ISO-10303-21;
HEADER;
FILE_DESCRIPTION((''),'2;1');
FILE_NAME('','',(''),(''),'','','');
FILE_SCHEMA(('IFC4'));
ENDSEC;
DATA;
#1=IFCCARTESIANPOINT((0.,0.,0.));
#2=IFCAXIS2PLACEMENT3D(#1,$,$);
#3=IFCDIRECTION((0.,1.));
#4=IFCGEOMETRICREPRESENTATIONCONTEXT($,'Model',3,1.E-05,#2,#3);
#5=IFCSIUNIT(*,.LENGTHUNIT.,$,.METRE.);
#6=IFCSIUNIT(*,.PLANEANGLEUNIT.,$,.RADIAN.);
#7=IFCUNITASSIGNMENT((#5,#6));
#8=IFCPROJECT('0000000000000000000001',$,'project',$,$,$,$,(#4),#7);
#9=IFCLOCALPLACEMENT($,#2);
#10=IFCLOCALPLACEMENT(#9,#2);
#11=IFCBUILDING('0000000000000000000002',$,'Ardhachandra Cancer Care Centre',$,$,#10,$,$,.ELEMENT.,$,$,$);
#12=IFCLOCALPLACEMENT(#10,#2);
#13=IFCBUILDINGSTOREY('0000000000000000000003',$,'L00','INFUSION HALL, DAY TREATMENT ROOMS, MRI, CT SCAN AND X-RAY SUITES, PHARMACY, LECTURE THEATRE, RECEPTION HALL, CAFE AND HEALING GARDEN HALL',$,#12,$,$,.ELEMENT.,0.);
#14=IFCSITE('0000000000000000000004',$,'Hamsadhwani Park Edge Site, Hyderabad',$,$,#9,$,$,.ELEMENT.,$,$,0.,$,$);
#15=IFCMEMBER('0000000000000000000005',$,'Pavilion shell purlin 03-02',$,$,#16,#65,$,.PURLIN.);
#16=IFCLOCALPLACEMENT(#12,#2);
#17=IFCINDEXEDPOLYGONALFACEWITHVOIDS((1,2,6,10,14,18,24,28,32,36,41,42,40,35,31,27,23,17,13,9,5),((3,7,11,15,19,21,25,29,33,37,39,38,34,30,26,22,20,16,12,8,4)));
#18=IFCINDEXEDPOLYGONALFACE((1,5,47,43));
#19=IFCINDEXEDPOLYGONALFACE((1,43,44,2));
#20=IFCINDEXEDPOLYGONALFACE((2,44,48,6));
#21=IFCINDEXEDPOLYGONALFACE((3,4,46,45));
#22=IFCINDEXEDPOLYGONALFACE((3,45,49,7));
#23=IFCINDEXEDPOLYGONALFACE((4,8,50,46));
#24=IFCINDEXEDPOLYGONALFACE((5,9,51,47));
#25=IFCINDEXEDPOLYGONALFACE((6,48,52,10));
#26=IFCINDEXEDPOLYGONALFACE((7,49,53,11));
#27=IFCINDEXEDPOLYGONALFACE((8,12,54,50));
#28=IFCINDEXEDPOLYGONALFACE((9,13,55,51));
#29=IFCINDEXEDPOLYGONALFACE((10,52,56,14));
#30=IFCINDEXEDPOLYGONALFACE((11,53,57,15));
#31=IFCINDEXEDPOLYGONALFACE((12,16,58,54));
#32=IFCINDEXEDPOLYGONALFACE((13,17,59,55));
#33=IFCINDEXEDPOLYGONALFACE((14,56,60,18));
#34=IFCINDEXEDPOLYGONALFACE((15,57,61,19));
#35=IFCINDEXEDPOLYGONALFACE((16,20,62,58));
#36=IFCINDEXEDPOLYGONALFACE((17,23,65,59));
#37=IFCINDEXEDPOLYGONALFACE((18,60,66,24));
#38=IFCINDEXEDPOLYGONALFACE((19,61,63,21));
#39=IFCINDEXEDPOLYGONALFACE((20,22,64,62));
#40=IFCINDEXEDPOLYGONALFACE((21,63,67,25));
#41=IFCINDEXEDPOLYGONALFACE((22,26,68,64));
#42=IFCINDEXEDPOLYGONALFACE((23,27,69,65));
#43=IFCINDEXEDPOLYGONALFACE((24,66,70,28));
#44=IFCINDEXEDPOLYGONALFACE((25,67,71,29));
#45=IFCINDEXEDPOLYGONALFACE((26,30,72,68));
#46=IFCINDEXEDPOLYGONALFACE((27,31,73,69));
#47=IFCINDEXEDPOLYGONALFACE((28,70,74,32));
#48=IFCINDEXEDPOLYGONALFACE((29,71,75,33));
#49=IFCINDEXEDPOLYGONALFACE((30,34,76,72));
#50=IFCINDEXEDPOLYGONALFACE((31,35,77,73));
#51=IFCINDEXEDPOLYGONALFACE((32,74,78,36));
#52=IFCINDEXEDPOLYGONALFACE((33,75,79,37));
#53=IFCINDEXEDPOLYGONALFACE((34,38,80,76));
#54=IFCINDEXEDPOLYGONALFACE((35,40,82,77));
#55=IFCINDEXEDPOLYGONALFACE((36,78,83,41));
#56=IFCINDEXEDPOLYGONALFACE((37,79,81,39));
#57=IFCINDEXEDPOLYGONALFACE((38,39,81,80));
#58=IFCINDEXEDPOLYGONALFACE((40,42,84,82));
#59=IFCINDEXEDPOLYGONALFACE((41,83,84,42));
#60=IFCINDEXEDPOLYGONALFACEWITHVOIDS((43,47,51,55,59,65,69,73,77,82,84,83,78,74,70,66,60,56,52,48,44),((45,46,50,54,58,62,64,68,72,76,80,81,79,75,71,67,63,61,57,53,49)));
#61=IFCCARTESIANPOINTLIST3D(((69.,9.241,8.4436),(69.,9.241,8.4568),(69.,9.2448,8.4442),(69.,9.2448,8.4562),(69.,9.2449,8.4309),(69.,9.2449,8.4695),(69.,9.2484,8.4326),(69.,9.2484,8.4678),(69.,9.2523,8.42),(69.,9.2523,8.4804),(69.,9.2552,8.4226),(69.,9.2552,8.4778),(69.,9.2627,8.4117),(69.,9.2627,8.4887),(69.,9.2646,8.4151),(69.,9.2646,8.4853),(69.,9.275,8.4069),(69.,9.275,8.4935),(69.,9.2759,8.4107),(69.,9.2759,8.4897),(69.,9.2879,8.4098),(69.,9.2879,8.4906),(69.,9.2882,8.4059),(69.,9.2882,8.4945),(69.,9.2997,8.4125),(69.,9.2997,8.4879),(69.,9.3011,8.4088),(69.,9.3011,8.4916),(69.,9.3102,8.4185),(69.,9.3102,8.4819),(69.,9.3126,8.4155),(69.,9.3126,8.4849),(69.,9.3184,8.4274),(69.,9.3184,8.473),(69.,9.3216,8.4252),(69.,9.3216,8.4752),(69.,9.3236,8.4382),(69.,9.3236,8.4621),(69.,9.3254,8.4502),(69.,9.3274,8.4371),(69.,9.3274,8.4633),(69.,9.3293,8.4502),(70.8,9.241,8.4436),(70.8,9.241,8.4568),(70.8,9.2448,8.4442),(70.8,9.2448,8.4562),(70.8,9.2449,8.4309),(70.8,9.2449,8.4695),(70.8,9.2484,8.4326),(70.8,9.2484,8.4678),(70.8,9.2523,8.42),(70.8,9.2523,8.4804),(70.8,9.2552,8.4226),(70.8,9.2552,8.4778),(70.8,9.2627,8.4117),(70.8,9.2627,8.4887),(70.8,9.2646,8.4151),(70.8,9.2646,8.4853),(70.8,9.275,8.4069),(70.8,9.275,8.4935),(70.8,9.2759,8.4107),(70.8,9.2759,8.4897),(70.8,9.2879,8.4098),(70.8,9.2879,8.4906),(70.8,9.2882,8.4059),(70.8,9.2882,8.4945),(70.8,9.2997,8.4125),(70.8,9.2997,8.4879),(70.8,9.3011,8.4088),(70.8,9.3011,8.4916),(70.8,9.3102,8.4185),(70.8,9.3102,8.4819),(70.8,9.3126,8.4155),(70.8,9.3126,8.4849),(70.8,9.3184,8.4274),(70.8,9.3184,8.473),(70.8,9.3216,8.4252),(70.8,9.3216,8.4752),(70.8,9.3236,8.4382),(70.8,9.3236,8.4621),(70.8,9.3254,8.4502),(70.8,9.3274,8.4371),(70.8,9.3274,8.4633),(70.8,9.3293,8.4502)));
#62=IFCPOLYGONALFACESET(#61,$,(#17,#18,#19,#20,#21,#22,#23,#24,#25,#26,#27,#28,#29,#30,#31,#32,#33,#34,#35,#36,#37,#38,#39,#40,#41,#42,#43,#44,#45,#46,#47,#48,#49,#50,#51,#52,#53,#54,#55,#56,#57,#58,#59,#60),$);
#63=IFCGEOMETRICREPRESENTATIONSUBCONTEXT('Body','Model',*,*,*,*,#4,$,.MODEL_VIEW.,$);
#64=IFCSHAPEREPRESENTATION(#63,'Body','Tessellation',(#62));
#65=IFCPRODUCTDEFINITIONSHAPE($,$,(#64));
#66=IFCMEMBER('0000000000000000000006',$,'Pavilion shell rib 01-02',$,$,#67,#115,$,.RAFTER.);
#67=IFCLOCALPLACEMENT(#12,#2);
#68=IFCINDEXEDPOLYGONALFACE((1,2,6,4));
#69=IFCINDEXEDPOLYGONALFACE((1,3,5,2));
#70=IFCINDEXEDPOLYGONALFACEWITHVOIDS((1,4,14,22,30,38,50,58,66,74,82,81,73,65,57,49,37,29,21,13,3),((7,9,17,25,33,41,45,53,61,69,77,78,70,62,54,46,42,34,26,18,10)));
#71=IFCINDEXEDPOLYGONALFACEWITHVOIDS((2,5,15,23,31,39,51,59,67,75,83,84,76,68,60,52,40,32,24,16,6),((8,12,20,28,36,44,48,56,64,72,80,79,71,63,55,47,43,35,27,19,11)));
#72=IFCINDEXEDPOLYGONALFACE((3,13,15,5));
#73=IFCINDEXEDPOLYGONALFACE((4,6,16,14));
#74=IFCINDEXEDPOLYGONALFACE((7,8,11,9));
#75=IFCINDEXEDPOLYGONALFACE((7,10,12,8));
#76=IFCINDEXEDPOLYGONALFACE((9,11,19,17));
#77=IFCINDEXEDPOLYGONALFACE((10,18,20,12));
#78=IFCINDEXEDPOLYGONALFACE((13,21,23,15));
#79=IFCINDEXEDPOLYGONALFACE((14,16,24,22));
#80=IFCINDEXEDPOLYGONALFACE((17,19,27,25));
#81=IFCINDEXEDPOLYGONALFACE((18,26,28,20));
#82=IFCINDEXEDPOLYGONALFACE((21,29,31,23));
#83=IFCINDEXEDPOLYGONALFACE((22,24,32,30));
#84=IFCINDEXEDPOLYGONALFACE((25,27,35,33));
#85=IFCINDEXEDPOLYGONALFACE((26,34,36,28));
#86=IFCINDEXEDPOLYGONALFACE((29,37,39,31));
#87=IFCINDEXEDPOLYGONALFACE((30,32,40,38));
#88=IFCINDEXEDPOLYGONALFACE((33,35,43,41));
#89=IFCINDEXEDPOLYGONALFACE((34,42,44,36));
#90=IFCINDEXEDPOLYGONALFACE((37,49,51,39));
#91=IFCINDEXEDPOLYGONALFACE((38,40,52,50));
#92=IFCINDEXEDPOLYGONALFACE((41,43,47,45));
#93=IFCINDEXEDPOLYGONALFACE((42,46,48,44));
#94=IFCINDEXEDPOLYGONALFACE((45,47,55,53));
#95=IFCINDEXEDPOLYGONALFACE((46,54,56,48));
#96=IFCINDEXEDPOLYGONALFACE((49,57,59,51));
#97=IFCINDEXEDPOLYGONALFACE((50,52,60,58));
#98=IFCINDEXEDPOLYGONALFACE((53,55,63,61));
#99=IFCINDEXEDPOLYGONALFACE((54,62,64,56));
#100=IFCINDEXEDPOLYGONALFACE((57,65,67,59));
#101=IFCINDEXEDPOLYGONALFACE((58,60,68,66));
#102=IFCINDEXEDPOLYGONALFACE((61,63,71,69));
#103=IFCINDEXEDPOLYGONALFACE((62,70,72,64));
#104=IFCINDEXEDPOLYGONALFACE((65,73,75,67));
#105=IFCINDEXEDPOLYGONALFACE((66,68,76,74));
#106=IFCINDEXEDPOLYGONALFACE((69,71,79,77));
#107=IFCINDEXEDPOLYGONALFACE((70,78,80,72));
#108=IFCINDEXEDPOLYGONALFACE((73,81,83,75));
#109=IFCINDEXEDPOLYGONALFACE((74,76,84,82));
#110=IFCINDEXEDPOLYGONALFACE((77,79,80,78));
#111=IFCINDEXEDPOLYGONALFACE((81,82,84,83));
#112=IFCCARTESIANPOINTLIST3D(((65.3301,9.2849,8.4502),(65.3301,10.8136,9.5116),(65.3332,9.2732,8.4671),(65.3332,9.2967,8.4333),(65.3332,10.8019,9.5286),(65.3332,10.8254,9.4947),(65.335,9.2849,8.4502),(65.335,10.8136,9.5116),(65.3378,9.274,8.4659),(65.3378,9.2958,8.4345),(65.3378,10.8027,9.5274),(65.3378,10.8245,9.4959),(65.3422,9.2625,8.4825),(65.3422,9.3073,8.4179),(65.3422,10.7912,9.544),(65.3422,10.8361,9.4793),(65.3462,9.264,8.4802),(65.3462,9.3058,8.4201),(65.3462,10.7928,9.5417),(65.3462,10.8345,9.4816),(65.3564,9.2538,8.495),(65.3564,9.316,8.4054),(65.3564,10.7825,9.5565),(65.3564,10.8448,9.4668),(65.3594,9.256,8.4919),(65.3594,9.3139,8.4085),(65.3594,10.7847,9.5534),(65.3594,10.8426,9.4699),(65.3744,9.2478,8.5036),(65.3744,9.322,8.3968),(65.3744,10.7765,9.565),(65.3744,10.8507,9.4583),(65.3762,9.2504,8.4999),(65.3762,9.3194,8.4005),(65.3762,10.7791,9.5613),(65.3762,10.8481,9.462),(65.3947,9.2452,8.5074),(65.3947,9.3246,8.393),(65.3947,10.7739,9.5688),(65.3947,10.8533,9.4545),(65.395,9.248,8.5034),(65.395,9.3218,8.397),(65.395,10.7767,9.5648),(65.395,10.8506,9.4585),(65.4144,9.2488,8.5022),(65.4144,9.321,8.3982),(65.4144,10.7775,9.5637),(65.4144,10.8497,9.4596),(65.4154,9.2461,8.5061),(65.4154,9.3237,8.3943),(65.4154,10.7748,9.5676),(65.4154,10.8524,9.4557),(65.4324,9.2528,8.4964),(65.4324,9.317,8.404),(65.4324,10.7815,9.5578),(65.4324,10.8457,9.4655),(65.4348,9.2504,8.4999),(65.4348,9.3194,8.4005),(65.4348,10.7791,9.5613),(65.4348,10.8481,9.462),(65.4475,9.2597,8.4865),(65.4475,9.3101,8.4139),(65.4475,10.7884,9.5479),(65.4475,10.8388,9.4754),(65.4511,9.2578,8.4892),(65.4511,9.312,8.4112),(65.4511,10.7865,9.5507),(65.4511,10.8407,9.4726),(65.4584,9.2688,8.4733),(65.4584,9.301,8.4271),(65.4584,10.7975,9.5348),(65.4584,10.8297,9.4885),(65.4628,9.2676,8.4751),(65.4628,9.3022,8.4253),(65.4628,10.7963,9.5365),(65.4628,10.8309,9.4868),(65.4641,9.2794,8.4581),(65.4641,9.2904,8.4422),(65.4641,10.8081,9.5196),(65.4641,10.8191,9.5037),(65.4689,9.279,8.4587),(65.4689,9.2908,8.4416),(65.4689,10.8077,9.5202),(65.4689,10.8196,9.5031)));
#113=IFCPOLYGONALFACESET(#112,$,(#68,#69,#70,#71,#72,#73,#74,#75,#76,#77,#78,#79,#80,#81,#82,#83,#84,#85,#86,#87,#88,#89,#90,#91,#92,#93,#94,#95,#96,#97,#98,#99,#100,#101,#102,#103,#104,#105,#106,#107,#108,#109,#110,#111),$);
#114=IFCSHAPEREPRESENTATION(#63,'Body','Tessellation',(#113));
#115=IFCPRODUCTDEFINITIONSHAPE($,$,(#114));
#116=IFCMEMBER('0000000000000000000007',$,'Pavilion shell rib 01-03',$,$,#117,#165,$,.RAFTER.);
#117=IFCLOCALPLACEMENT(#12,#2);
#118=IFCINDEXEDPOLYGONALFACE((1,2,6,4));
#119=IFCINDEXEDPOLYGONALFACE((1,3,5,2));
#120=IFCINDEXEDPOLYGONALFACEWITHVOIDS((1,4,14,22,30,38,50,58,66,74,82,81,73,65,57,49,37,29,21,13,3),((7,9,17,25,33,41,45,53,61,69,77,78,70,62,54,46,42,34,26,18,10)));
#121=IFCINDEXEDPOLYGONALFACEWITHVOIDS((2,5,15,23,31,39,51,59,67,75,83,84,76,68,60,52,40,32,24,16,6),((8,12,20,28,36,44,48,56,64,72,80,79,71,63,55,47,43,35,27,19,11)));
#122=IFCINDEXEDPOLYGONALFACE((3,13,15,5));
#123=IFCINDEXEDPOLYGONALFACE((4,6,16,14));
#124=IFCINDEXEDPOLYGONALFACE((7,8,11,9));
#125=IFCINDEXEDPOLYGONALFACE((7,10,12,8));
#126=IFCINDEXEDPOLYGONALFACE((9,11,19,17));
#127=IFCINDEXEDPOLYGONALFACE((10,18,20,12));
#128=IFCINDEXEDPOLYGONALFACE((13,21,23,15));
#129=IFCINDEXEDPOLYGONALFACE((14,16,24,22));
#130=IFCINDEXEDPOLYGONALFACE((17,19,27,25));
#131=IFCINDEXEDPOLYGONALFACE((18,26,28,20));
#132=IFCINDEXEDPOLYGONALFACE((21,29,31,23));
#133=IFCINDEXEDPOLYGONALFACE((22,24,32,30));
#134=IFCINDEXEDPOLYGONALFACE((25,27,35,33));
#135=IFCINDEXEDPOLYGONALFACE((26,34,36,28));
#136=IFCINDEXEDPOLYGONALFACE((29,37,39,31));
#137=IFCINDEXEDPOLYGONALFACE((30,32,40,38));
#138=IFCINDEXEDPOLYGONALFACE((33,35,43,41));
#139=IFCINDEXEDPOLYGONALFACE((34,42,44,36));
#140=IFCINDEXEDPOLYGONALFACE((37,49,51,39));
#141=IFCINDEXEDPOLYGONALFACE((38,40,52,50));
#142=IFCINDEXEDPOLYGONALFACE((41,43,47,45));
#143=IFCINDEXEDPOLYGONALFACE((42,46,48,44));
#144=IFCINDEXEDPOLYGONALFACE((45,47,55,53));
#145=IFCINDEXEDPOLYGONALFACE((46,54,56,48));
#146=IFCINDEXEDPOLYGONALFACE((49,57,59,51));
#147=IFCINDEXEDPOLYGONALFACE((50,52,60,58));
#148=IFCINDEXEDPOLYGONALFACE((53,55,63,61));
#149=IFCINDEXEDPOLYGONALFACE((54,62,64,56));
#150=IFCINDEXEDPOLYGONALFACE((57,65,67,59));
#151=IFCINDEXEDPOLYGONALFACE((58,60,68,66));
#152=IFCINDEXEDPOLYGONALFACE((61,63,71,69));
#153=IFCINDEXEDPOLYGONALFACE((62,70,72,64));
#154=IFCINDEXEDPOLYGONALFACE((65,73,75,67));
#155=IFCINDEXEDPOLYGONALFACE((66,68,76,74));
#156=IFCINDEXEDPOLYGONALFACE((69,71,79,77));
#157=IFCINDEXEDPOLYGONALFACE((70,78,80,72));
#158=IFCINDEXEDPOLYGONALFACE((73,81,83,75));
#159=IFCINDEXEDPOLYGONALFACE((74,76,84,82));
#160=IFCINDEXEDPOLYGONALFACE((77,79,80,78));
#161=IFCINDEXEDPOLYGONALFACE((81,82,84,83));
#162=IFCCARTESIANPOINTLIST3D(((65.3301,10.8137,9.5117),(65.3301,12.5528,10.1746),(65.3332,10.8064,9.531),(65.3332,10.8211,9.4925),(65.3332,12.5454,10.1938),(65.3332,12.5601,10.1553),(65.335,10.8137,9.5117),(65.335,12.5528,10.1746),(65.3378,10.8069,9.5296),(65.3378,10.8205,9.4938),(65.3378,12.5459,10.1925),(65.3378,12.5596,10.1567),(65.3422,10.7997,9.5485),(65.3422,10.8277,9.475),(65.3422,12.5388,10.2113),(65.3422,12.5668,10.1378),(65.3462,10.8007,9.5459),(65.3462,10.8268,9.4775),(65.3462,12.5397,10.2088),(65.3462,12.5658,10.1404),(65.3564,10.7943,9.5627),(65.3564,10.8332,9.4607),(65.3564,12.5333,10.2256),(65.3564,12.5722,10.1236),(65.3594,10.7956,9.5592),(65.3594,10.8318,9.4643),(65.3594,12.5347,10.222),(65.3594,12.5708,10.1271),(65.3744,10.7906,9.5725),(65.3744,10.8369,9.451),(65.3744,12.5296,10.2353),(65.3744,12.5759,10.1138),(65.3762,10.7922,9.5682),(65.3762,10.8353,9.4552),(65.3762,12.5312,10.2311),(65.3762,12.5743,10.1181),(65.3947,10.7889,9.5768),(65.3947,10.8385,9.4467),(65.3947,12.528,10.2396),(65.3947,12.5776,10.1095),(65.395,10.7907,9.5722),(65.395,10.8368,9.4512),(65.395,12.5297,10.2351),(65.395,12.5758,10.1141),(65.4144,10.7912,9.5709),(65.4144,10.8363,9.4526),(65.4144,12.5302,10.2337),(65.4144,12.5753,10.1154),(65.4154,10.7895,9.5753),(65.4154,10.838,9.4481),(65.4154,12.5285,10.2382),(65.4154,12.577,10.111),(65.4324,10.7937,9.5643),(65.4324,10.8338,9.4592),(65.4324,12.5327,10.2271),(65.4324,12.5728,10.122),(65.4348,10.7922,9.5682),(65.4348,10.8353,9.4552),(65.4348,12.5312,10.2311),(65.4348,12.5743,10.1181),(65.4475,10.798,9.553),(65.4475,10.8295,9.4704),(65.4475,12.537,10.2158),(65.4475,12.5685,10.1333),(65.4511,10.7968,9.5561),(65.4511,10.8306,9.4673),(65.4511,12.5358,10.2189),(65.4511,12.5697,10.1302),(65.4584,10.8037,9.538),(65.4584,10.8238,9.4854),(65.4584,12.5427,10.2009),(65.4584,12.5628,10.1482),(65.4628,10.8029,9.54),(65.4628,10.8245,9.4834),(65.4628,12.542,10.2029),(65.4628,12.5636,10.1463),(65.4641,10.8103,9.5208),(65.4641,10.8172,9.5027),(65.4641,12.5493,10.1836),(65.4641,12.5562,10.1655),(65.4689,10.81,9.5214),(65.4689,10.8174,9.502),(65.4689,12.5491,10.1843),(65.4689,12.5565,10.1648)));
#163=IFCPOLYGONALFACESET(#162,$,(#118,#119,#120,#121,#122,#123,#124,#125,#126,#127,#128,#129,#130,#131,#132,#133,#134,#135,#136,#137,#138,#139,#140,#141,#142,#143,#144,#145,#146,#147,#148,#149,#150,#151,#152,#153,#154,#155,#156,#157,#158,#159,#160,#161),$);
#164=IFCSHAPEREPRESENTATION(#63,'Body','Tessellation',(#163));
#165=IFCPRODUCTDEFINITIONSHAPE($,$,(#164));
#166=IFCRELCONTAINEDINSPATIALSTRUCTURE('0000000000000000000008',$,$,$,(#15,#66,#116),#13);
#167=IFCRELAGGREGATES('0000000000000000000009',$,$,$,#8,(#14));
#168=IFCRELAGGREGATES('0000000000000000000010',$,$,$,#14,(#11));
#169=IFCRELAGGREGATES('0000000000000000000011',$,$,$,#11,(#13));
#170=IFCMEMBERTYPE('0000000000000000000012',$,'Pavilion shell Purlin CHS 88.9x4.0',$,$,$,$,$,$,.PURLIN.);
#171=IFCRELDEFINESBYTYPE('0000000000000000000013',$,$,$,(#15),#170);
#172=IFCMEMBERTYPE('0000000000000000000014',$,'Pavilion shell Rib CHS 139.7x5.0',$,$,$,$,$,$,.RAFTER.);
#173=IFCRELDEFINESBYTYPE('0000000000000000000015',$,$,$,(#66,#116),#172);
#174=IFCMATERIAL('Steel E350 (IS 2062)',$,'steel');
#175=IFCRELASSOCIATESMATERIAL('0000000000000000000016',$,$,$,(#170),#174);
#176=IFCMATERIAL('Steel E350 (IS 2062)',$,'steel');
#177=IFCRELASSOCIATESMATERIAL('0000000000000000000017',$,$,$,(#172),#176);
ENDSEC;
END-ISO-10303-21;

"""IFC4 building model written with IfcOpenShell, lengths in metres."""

from ifc_helpers import new_model, si_unit, direction, frame, origin, origin_2d, place, context, subcontext, project, spatial, hollow_circle, extrude, material, material_profile, profile_set, type_object, element, save


model = new_model("IFC4")

# Units and contexts
model_context = context("Model", 3, precision=1e-05, world=origin(), true_north=direction((0.0, 1.0)))
body_context = subcontext(model_context, "Body", "Model", "MODEL_VIEW")
ifc_project = project(units=[si_unit("LENGTHUNIT", "METRE"), si_unit("PLANEANGLEUNIT", "RADIAN")], contexts=[model_context])

# Site, building, storey
site_placement = place(None, origin())
site = spatial("IfcSite", under=ifc_project, at=site_placement, Name="Hamsadhwani Park Edge Site, Hyderabad", CompositionType="ELEMENT", RefElevation=0.0)
building_placement = place(site_placement, origin())
building = spatial("IfcBuilding", under=site, at=building_placement, Name="Ardhachandra Cancer Care Centre", CompositionType="ELEMENT")
storey_placement = place(building_placement, origin())
storey = spatial("IfcBuildingStorey", under=building, at=storey_placement, Name="L00", Description="INFUSION HALL, DAY TREATMENT ROOMS, MRI, CT SCAN AND X-RAY SUITES, PHARMACY, LECTURE THEATRE, RECEPTION HALL, CAFE AND HEALING GARDEN HALL", CompositionType="ELEMENT", Elevation=0.0)

# Members
ifc_material_1 = material(Name="Steel E350 (IS 2062)", Category="steel")
ifc_material_profile_1 = material_profile(ifc_material_1, hollow_circle(Radius=0.0444, WallThickness=0.0039, at=origin_2d()), Name="CHS 88.9x4.0")
ifc_profile_set_1 = profile_set([ifc_material_profile_1], Name="Steel E350 (IS 2062)")
member_type_1 = type_object("IfcMemberType", Name="Pavilion shell Purlin CHS 88.9x4.0", PredefinedType="PURLIN", material=ifc_profile_set_1)
for number, where, z_axis, x_axis, name in (
    (1, (69.0, 9.2849, 8.4502), (1.0, 0.0, 0.0), (0.0, 1.0, 0.0), "Pavilion shell purlin 03-02"),
):
    element("IfcMember", number, at=place(storey_placement, frame(where, z_axis=z_axis, x_axis=x_axis)), inside=storey, type_object=member_type_1, Name=name, PredefinedType="PURLIN", context=body_context, shape_type="SweptSolid", body=[
        extrude(hollow_circle(Radius=0.0444, WallThickness=0.0039, at=origin_2d()), origin(), (0.0, 0.0, 1.0), 1.8),
    ])
ifc_material_2 = material(Name="Steel E350 (IS 2062)", Category="steel")
ifc_material_profile_2 = material_profile(ifc_material_2, hollow_circle(Radius=0.0698, WallThickness=0.0049, at=origin_2d()), Name="CHS 139.7x5.0")
ifc_profile_set_2 = profile_set([ifc_material_profile_2], Name="Steel E350 (IS 2062)")
member_type_2 = type_object("IfcMemberType", Name="Pavilion shell Rib CHS 139.7x5.0", PredefinedType="RAFTER", material=ifc_profile_set_2)
for number, where, z_axis, x_axis, name in (
    (2, (65.3999, 9.2849, 8.4502), (0.0, 0.821408, 0.570342), (-1.0, 0.0, 0.0), "Pavilion shell rib 01-02"),
    (3, (65.3999, 10.8137, 9.5117), (0.0, 0.934423, 0.356164), (-1.0, 0.0, 0.0), "Pavilion shell rib 01-03"),
):
    element("IfcMember", number, at=place(storey_placement, frame(where, z_axis=z_axis, x_axis=x_axis)), inside=storey, type_object=member_type_2, Name=name, PredefinedType="RAFTER", context=body_context, shape_type="SweptSolid", body=[
        extrude(hollow_circle(Radius=0.0698, WallThickness=0.0049, at=origin_2d()), origin(), (0.0, 0.0, 1.0), 1.8611),
    ])

save(model, "model.ifc")
